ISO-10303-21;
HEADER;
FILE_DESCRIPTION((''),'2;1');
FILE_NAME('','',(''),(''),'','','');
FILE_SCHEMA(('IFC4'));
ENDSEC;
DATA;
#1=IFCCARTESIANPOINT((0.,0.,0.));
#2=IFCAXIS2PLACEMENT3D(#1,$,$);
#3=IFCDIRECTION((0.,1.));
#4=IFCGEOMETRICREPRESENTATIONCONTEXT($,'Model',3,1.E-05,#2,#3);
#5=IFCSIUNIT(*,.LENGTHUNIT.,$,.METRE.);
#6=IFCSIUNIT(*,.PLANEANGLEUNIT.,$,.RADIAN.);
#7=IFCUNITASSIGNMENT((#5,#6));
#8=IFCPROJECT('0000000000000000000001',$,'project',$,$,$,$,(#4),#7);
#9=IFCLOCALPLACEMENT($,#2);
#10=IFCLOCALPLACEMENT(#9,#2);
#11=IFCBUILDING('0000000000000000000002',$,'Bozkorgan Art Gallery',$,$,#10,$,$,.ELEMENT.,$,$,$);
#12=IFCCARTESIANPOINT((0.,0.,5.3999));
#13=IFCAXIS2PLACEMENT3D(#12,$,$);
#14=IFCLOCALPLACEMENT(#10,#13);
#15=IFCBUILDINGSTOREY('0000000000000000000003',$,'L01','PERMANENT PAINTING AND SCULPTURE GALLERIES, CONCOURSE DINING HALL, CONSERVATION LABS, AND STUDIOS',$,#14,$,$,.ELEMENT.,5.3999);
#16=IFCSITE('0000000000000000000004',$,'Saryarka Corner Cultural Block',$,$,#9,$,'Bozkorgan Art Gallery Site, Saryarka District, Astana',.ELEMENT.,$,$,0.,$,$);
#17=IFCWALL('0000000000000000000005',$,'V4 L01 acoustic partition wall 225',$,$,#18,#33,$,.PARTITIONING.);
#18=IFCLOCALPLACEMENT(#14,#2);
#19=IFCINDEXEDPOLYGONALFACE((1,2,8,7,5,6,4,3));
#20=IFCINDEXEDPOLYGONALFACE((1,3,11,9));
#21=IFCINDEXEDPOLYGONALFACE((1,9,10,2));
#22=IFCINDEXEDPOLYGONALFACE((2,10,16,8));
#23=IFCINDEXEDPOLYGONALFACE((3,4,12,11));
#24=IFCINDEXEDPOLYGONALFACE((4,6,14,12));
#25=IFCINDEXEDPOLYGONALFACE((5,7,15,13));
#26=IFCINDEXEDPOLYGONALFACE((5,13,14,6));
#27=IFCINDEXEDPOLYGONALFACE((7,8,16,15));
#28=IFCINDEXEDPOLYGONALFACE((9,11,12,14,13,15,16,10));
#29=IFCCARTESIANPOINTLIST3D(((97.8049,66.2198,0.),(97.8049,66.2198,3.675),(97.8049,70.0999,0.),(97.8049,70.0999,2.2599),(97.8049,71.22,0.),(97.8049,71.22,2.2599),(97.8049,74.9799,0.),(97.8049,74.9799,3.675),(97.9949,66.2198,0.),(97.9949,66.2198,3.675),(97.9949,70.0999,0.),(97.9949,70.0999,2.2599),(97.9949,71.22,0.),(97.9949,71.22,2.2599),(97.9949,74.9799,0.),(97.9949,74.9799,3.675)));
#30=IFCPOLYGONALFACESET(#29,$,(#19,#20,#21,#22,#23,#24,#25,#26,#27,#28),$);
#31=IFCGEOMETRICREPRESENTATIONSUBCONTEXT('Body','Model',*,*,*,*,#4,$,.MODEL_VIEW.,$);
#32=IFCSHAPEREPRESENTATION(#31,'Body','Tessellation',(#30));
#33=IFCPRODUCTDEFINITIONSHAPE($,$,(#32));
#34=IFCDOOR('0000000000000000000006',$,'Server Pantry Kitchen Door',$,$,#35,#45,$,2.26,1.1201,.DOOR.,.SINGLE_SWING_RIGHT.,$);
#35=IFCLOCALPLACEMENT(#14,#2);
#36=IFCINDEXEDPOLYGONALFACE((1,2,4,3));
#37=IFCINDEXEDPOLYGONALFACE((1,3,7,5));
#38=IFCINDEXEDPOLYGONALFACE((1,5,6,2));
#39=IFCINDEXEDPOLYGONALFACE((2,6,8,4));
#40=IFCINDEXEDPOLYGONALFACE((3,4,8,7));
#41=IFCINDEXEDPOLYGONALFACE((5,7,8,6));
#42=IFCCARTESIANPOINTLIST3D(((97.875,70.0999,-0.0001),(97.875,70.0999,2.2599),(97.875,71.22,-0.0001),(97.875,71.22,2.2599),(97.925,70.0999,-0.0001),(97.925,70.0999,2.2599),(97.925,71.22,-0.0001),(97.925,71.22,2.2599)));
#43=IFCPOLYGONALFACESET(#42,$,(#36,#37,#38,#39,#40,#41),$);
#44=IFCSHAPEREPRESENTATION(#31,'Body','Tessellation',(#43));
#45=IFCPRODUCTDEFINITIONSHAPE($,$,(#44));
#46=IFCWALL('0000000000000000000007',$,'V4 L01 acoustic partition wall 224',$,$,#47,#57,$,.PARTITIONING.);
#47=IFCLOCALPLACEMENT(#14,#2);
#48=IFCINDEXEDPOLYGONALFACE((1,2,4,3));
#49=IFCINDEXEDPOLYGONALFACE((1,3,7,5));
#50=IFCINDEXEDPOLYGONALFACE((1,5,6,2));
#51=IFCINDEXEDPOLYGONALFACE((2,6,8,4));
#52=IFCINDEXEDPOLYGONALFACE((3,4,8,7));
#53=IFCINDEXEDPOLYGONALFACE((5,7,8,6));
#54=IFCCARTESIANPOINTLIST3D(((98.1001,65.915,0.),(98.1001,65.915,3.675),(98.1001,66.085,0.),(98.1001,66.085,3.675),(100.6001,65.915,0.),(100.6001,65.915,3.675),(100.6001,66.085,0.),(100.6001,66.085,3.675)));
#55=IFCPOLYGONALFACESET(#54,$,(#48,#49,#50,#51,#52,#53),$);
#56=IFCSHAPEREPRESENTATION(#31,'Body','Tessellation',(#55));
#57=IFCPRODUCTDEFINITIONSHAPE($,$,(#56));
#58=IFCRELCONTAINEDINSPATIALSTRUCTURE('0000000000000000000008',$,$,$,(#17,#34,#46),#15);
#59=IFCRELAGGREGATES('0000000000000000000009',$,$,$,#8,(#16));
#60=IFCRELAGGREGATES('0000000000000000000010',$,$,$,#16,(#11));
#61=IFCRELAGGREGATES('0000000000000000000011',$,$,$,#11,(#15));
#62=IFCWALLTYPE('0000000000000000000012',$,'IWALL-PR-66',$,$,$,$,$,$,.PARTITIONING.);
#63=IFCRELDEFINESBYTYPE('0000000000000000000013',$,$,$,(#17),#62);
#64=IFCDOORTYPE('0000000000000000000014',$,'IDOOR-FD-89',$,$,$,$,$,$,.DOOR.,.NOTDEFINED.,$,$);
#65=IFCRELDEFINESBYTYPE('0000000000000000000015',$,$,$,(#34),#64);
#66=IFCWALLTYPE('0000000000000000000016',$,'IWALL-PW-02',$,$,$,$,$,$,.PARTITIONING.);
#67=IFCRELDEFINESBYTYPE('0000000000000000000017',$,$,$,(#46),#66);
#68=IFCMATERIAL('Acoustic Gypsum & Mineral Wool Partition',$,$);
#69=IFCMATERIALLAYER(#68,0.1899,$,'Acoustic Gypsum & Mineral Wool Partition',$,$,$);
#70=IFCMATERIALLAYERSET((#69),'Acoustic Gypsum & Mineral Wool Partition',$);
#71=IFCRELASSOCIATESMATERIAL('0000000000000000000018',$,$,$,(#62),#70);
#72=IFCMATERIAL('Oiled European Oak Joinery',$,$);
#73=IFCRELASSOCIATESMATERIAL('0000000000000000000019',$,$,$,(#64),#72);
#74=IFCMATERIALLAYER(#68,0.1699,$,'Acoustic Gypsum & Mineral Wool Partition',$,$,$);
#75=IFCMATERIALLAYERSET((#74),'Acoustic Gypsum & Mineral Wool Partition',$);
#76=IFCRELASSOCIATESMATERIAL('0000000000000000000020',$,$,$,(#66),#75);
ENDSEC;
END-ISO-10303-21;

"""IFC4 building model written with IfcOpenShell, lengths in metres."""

from ifc_helpers import new_model, si_unit, direction, frame, frame_2d, origin, place, context, subcontext, project, spatial, rectangle, extrude, material, layer, layer_set, type_object, element, fill, save


model = new_model("IFC4")

# Units and contexts
model_context = context("Model", 3, precision=1e-05, world=origin(), true_north=direction((0.0, 1.0)))
body_context = subcontext(model_context, "Body", "Model", "MODEL_VIEW")
ifc_project = project(units=[si_unit("LENGTHUNIT", "METRE"), si_unit("PLANEANGLEUNIT", "RADIAN")], contexts=[model_context])

# Site, building, storey
site_placement = place(None, origin())
site = spatial("IfcSite", under=ifc_project, at=site_placement, Name="Saryarka Corner Cultural Block", LongName="Bozkorgan Art Gallery Site, Saryarka District, Astana", CompositionType="ELEMENT", RefElevation=0.0)
building_placement = place(site_placement, origin())
building = spatial("IfcBuilding", under=site, at=building_placement, Name="Bozkorgan Art Gallery", CompositionType="ELEMENT")
storey_placement = place(building_placement, frame((0.0, 0.0, 5.3999)))
storey = spatial("IfcBuildingStorey", under=building, at=storey_placement, Name="L01", Description="PERMANENT PAINTING AND SCULPTURE GALLERIES, CONCOURSE DINING HALL, CONSERVATION LABS, AND STUDIOS", CompositionType="ELEMENT", Elevation=5.3999)

# Wall, opening, door
ifc_material_1 = material(Name="Acoustic Gypsum & Mineral Wool Partition")
ifc_material_2 = material(Name="Oiled European Oak Joinery")
ifc_layer_1 = layer(ifc_material_1, 0.1899, Name="Acoustic Gypsum & Mineral Wool Partition")
ifc_layer_set_1 = layer_set([ifc_layer_1], Name="Acoustic Gypsum & Mineral Wool Partition")
wall_type_1 = type_object("IfcWallType", Name="IWALL-PR-66", PredefinedType="PARTITIONING", material=ifc_layer_set_1)
wall_1_placement = place(storey_placement, frame((97.8999, 66.22, 0.0), z_axis=(0.0, 0.0, 1.0), x_axis=(0.0, 1.0, 0.0)))
wall_1 = element("IfcWall", 1, at=wall_1_placement, inside=storey, type_object=wall_type_1, Name="V4 L01 acoustic partition wall 225", PredefinedType="PARTITIONING", context=body_context, shape_type="SweptSolid", body=[
    extrude(rectangle(XDim=8.76, YDim=0.1899, at=frame_2d((4.3799, 0.0))), origin(), (0.0, 0.0, 1.0), 3.675),
])
opening_1_placement = place(wall_1_placement, frame((3.8799, 0.0, 0.0)))
opening_1 = element("IfcOpeningElement", 2, at=opening_1_placement, cuts=wall_1, PredefinedType="OPENING", context=body_context, shape_type="SweptSolid", body=[
    extrude(rectangle(XDim=1.1201, YDim=2.26, at=frame_2d((0.5601, 1.1299))), frame((0.0, 0.105, 0.0), z_axis=(0.0, -1.0, 0.0), x_axis=(1.0, 0.0, 0.0)), (0.0, 0.0, 1.0), 0.21),
])
door_type_1 = type_object("IfcDoorType", Name="IDOOR-FD-89", OperationType="NOTDEFINED", PredefinedType="DOOR", material=ifc_material_2)
door_1_placement = place(opening_1_placement, origin())
door_1 = element("IfcDoor", 3, at=door_1_placement, inside=storey, type_object=door_type_1, Name="Server Pantry Kitchen Door", OperationType="SINGLE_SWING_RIGHT", OverallHeight=2.26, OverallWidth=1.1201, PredefinedType="DOOR", context=body_context, shape_type="SweptSolid", body=[
    extrude(rectangle(XDim=1.1201, YDim=2.26, at=frame_2d((0.5601, 1.1299))), frame((0.0, 0.0249, 0.0), z_axis=(0.0, -1.0, 0.0), x_axis=(1.0, 0.0, 0.0)), (0.0, 0.0, 1.0), 0.05),
])
fill(opening_1, door_1)

# Wall
ifc_layer_2 = layer(ifc_material_1, 0.1699, Name="Acoustic Gypsum & Mineral Wool Partition")
ifc_layer_set_2 = layer_set([ifc_layer_2], Name="Acoustic Gypsum & Mineral Wool Partition")
wall_type_2 = type_object("IfcWallType", Name="IWALL-PW-02", PredefinedType="PARTITIONING", material=ifc_layer_set_2)
wall_2_placement = place(storey_placement, frame((98.1001, 66.0, 0.0), z_axis=(0.0, 0.0, 1.0), x_axis=(1.0, 0.0, 0.0)))
element("IfcWall", 4, at=wall_2_placement, inside=storey, type_object=wall_type_2, Name="V4 L01 acoustic partition wall 224", PredefinedType="PARTITIONING", context=body_context, shape_type="SweptSolid", body=[
    extrude(rectangle(XDim=2.5, YDim=0.1699, at=frame_2d((1.25, 0.0))), origin(), (0.0, 0.0, 1.0), 3.675),
])

save(model, "model.ifc")
